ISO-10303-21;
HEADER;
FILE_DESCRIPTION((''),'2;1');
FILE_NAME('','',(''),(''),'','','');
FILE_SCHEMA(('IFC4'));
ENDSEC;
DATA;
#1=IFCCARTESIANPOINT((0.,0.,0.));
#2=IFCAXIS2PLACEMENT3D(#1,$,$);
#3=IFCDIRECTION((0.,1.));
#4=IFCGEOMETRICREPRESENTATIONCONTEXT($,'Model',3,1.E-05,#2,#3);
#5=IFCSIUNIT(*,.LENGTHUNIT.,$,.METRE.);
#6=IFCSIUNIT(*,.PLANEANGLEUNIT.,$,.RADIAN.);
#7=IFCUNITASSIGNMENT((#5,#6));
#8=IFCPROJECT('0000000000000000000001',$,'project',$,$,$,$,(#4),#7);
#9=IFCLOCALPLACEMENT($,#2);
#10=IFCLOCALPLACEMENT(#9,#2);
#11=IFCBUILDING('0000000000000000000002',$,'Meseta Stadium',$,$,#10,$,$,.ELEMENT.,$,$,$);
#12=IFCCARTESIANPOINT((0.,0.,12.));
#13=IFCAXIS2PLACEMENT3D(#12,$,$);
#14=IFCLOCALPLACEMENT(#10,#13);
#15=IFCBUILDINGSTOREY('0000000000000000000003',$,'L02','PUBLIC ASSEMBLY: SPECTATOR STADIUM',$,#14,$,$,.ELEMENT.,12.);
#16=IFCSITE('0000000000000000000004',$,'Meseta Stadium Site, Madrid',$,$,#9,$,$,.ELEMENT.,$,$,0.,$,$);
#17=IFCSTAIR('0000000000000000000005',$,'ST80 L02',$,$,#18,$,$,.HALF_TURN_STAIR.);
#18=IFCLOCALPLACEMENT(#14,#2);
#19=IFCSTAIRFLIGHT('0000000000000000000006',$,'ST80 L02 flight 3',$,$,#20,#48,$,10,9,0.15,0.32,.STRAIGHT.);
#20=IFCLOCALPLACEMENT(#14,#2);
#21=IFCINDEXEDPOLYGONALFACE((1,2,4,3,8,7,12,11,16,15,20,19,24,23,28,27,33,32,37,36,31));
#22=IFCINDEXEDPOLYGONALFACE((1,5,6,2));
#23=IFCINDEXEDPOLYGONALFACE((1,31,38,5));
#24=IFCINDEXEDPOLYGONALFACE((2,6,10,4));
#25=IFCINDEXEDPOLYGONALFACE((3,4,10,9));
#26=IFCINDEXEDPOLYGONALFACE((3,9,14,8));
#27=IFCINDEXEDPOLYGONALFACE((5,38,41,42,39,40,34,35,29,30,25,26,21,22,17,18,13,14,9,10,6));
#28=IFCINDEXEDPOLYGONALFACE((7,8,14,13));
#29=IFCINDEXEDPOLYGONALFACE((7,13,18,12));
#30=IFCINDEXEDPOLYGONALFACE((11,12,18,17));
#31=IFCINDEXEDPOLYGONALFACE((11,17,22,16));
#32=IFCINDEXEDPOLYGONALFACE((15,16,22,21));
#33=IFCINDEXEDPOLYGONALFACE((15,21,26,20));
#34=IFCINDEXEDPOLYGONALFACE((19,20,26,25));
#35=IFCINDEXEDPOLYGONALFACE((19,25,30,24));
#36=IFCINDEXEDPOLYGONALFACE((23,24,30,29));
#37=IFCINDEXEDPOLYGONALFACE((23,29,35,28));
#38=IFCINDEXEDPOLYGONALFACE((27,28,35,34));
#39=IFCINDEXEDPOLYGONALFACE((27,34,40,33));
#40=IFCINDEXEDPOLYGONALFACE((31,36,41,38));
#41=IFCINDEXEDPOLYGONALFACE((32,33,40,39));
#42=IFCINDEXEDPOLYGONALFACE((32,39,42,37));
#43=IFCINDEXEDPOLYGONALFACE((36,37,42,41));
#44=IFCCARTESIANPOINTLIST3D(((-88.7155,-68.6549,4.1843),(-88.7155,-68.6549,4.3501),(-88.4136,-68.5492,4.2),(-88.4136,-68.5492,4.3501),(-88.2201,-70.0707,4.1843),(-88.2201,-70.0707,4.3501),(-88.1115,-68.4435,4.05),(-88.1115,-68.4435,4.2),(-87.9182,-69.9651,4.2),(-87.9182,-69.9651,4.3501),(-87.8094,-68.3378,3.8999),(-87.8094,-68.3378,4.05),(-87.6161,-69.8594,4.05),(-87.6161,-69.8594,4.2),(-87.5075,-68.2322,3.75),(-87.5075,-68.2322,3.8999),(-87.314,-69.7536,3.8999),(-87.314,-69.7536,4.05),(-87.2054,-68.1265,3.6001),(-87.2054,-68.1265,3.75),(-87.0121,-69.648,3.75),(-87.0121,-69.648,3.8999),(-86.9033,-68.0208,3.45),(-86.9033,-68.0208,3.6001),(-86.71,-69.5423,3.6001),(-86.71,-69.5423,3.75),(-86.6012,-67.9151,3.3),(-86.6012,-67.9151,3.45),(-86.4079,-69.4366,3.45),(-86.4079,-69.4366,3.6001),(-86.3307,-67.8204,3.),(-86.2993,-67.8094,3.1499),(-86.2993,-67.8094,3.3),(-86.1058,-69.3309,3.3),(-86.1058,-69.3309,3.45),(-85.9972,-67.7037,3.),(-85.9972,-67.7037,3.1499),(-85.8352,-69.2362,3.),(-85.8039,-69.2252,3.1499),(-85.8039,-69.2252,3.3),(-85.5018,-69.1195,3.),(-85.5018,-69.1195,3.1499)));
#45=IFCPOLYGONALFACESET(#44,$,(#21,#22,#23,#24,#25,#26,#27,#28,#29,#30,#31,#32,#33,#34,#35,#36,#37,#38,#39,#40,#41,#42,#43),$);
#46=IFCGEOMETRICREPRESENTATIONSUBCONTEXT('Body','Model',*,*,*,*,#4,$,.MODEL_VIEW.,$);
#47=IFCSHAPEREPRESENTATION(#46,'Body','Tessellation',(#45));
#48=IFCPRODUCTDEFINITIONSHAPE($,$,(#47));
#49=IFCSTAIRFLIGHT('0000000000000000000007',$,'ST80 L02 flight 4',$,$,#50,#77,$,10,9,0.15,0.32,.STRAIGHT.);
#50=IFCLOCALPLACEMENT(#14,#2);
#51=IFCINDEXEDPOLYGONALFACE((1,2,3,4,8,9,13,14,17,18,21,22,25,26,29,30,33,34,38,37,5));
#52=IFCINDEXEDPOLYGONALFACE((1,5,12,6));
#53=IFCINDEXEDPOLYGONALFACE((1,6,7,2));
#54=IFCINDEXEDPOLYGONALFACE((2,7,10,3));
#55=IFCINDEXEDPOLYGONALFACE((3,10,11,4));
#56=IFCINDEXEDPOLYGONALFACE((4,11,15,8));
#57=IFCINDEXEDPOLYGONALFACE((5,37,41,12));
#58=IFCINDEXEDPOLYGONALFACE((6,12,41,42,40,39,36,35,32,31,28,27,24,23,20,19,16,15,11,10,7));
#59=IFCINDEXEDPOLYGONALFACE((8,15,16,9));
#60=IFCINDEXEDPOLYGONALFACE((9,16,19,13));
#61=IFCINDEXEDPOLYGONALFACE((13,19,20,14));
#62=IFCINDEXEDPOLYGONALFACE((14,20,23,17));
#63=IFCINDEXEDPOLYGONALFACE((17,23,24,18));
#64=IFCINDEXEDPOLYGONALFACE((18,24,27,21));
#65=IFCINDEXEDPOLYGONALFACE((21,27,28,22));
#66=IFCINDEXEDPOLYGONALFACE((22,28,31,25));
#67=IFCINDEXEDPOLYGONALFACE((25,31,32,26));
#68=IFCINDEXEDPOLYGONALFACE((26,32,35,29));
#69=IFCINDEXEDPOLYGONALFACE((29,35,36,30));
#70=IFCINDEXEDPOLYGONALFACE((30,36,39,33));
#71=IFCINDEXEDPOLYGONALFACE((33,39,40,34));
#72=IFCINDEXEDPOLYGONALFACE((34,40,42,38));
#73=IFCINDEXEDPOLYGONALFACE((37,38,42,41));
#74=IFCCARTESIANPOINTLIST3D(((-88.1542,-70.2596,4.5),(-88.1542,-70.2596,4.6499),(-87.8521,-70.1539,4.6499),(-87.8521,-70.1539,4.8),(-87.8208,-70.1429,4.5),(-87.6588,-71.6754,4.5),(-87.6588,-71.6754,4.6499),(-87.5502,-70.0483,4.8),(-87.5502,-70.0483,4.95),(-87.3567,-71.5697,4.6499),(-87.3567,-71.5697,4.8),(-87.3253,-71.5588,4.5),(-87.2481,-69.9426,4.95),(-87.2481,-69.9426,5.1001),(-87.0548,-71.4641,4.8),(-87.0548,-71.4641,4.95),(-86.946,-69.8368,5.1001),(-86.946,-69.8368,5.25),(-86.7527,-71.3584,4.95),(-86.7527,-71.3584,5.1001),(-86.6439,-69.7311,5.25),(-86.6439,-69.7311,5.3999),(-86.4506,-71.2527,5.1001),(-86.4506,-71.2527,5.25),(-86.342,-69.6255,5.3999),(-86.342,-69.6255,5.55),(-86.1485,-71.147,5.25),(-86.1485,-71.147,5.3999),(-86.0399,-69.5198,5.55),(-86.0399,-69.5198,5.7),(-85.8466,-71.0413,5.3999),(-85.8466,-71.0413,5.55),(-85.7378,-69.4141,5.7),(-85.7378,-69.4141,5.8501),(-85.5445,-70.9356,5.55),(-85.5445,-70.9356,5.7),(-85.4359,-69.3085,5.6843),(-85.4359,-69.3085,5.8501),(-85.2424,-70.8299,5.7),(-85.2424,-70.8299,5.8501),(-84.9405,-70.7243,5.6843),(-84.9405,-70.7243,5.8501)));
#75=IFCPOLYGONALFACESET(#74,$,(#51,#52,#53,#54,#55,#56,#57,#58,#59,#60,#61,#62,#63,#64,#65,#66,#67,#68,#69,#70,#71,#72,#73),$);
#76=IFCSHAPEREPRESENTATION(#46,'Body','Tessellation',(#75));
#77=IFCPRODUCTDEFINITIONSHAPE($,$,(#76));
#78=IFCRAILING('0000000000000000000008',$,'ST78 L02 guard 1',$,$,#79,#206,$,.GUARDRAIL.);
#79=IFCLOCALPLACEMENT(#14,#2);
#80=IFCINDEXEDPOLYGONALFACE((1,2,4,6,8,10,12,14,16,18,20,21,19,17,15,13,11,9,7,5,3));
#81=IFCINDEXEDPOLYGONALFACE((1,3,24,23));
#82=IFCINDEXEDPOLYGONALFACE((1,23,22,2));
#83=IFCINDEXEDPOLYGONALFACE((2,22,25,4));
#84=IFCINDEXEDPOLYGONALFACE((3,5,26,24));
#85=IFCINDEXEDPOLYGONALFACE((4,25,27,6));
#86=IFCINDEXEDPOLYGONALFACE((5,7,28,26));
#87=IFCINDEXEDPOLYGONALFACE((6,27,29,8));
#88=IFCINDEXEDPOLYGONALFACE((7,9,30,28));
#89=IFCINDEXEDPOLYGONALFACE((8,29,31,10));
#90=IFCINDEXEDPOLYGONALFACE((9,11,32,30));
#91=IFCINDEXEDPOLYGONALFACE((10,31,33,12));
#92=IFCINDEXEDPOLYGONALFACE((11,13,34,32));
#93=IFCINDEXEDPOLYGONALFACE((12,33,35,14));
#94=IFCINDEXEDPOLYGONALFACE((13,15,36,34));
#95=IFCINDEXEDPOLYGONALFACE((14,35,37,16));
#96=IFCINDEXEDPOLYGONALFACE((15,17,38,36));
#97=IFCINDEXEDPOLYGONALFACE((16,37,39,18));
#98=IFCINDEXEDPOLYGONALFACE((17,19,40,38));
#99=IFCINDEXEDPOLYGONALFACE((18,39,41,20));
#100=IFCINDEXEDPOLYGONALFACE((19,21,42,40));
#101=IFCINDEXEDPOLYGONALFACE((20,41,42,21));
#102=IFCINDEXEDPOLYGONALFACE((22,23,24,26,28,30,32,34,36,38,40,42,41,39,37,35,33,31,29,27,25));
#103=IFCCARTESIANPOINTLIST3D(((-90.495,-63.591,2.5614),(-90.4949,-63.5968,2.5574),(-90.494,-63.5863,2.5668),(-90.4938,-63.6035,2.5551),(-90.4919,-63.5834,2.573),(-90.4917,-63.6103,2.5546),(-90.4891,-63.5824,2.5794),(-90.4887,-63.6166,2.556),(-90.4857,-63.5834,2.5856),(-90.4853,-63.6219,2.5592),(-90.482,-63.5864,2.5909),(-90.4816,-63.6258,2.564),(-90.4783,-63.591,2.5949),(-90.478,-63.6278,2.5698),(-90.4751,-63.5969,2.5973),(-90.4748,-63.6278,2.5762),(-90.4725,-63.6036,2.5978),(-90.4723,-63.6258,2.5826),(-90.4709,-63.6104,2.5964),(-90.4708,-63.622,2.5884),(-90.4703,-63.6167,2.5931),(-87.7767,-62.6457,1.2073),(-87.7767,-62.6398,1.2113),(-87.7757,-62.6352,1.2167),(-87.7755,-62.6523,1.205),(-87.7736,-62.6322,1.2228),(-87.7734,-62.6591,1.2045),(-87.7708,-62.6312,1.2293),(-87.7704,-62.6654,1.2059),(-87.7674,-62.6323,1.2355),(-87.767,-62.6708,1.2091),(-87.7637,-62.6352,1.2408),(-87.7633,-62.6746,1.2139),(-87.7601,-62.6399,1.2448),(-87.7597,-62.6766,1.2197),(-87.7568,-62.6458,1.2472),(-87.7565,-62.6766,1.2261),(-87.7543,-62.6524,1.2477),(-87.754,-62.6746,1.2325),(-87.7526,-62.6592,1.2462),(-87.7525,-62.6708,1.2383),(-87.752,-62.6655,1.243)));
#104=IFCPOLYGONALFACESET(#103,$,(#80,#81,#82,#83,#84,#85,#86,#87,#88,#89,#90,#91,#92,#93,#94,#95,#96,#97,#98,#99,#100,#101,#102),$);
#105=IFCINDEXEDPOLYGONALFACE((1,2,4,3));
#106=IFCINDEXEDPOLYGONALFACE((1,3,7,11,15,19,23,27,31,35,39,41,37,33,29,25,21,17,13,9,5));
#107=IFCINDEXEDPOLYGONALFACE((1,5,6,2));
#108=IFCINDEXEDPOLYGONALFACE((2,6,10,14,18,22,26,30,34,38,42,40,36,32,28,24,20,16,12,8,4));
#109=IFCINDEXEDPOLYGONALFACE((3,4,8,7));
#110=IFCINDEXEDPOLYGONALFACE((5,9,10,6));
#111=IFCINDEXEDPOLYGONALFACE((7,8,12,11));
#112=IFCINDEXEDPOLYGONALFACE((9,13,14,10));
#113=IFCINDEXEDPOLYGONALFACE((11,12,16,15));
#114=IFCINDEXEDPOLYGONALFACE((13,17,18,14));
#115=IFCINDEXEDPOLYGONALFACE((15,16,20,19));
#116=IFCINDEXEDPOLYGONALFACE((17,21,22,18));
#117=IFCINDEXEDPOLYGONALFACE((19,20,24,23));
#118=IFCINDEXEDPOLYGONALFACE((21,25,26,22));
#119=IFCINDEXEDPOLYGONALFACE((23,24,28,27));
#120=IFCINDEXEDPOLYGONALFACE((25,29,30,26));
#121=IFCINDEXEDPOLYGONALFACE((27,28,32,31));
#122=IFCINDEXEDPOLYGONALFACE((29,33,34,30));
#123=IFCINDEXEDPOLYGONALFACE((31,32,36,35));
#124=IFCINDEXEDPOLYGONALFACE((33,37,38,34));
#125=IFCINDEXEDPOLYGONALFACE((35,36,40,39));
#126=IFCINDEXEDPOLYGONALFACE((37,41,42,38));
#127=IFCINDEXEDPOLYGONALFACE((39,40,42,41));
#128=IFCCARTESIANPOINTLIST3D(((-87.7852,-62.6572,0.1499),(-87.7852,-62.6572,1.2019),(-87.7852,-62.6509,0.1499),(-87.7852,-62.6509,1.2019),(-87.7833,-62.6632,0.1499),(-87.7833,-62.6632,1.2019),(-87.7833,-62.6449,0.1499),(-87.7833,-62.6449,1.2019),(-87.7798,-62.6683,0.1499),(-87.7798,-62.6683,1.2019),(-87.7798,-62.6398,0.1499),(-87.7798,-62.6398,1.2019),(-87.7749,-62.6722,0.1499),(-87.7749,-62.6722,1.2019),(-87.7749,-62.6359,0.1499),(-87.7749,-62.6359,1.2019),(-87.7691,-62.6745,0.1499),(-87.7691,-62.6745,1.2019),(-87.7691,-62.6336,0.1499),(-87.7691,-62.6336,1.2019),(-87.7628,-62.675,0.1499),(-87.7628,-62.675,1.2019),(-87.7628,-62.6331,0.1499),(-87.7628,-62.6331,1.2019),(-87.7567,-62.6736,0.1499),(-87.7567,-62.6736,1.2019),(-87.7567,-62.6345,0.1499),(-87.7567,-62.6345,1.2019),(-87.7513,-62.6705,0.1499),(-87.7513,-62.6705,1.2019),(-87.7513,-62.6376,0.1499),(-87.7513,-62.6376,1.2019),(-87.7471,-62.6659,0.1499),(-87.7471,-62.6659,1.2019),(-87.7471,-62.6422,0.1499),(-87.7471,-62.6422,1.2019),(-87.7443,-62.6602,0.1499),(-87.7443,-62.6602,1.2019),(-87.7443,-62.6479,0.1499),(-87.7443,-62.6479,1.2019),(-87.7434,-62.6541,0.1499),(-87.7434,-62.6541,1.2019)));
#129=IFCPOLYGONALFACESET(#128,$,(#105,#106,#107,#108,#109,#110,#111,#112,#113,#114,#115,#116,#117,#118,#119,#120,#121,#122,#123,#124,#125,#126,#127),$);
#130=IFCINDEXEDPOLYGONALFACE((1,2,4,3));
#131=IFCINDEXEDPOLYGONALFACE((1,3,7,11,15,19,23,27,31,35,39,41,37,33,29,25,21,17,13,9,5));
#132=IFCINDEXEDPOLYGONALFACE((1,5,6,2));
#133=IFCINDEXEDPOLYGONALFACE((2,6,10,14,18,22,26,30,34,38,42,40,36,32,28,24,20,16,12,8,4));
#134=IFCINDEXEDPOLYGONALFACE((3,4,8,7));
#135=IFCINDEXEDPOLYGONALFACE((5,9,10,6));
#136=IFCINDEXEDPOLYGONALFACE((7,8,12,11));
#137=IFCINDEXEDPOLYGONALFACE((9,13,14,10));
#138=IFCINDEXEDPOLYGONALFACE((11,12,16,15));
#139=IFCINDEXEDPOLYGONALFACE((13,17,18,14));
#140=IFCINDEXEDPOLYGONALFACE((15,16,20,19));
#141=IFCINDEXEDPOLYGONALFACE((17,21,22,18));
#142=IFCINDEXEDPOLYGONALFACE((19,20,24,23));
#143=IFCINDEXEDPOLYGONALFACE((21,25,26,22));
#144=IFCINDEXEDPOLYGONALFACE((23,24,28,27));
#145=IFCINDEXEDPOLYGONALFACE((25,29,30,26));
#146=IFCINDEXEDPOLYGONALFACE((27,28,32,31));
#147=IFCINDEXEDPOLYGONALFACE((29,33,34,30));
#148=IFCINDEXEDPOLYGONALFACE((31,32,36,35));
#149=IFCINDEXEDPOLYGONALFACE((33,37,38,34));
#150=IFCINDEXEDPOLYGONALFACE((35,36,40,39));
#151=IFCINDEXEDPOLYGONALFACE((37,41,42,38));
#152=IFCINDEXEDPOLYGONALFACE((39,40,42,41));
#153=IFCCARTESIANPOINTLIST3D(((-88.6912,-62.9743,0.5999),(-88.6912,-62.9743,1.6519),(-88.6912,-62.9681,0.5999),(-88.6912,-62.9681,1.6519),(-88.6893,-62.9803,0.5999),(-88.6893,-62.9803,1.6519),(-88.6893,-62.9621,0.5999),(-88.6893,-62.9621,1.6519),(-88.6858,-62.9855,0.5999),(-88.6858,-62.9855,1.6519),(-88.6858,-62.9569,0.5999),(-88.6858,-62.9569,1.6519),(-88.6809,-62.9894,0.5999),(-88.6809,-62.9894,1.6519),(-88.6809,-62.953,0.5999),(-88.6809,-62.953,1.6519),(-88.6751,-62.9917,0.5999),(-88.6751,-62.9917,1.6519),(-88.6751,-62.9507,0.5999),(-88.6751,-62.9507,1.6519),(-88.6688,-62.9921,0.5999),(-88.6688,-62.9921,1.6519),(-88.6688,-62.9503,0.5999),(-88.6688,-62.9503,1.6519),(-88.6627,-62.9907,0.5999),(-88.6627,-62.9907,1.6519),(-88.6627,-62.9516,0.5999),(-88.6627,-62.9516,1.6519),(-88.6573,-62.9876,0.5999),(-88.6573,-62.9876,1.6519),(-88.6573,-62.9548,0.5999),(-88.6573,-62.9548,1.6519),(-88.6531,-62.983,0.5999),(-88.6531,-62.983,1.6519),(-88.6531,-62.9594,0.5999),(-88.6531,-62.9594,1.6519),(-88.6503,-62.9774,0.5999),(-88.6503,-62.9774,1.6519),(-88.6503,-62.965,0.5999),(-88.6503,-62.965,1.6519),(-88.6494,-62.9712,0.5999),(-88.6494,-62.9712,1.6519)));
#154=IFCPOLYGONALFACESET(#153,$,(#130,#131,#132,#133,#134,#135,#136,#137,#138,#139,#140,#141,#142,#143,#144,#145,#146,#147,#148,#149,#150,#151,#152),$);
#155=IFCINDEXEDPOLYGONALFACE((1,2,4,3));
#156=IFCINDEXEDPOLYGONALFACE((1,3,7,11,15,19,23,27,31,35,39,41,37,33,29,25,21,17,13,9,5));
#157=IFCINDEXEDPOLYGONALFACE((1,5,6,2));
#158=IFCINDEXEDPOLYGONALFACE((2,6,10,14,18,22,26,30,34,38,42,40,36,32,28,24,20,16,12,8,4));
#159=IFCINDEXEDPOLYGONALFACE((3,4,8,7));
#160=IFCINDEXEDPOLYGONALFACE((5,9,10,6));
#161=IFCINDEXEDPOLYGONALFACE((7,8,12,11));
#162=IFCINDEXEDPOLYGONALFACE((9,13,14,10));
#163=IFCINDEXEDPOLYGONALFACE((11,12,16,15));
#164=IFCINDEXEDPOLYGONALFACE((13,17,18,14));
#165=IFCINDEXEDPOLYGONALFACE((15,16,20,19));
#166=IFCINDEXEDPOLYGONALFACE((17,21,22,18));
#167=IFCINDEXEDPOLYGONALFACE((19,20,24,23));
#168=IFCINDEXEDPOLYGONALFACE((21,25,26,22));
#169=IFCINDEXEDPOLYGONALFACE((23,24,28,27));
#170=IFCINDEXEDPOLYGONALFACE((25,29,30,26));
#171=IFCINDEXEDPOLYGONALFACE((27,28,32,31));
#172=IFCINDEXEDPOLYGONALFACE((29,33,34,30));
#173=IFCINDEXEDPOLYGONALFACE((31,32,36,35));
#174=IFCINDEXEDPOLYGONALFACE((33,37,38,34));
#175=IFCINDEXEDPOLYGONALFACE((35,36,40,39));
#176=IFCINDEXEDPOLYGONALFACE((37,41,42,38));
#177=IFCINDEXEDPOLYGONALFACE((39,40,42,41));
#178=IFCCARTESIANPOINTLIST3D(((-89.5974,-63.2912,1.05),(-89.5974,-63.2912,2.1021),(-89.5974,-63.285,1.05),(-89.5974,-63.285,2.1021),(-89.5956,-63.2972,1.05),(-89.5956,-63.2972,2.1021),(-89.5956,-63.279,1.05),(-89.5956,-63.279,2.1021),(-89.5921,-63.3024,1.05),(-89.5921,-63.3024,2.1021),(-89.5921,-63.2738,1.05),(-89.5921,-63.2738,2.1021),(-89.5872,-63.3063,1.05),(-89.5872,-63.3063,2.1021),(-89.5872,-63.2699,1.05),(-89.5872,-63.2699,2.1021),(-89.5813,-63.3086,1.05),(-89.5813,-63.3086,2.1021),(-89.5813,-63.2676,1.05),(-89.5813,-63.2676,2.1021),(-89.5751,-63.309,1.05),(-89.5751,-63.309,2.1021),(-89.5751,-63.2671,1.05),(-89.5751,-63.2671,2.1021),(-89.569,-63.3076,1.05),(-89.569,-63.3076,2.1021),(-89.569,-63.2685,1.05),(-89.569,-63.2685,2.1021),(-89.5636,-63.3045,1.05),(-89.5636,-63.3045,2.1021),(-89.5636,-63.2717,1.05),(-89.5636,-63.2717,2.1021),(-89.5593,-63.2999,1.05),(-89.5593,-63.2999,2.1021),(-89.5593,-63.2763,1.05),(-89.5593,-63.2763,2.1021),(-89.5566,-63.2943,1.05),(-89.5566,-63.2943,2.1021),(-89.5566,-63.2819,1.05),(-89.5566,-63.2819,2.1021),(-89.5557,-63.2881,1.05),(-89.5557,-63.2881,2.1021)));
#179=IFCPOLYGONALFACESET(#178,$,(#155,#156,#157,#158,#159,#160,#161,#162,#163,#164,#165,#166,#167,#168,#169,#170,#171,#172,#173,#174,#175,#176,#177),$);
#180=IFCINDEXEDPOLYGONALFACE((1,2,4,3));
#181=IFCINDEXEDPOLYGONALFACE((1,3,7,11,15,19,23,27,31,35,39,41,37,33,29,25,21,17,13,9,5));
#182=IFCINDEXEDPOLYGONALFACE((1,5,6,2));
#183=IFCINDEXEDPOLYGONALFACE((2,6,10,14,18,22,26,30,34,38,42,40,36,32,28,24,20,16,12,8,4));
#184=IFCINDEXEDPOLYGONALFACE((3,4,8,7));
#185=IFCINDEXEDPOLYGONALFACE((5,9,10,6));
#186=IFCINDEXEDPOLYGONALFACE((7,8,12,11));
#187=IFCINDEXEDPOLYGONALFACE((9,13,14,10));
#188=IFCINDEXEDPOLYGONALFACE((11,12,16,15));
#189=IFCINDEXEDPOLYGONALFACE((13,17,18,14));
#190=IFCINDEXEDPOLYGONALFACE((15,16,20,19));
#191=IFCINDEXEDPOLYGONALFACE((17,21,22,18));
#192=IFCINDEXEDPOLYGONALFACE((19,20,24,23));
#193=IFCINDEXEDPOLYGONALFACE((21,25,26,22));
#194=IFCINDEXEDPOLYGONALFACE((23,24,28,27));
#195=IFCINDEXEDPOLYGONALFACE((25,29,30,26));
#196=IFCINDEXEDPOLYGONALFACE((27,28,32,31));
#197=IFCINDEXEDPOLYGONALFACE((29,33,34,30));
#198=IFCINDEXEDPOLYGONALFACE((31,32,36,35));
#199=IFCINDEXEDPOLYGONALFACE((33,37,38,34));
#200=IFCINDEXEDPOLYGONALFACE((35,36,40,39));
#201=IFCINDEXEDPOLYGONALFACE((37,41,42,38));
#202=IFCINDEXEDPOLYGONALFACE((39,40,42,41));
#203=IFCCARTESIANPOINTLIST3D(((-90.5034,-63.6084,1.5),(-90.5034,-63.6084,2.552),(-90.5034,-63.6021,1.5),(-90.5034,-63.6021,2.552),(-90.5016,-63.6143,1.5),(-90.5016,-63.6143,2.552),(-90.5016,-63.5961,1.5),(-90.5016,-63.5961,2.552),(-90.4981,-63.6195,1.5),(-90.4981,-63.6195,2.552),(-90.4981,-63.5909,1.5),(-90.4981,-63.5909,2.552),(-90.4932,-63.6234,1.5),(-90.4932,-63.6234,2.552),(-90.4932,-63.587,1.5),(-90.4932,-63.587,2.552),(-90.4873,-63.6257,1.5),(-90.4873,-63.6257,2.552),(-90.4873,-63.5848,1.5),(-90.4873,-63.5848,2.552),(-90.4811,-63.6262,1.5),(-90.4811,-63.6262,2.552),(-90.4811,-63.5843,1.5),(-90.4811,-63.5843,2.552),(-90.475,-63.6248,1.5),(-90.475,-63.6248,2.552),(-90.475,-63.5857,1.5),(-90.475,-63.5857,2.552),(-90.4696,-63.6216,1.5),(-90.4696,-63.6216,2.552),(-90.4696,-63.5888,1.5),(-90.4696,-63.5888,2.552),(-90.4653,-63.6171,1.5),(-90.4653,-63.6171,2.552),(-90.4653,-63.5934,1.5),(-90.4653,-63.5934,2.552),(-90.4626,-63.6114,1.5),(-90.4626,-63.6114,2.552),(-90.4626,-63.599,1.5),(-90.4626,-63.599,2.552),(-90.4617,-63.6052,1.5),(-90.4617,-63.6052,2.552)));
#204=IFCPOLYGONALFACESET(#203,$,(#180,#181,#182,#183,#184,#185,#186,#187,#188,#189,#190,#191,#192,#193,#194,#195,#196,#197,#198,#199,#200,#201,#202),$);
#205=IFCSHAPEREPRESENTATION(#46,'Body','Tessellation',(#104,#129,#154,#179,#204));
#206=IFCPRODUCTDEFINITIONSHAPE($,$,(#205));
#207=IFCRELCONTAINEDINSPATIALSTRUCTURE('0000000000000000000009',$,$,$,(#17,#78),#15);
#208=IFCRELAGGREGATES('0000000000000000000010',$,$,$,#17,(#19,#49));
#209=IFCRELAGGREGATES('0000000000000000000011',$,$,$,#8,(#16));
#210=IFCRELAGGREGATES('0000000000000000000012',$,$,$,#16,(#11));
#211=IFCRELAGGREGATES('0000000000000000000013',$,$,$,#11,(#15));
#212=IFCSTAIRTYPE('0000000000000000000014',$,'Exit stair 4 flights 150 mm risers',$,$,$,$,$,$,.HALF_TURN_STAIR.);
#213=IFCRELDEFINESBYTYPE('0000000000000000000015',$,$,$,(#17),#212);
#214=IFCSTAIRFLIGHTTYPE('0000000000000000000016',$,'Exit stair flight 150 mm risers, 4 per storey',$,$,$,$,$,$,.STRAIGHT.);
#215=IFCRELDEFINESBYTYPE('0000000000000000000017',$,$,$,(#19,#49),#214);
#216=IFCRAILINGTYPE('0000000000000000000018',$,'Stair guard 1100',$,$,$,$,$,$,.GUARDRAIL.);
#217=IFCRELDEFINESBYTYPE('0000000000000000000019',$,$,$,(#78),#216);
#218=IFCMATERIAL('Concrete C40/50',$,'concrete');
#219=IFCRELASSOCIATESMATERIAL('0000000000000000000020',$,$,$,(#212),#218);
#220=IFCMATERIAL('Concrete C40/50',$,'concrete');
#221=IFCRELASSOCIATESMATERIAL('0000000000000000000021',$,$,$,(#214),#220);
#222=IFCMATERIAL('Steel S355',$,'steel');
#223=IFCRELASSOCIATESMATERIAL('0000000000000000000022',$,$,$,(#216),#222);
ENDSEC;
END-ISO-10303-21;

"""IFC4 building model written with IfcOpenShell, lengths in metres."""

from ifc_helpers import new_model, si_unit, direction, frame, origin, origin_2d, place, context, subcontext, project, spatial, polyline, circle, outline, extrude, material, type_object, element, aggregate, save


model = new_model("IFC4")

# Units and contexts
model_context = context("Model", 3, precision=1e-05, world=origin(), true_north=direction((0.0, 1.0)))
body_context = subcontext(model_context, "Body", "Model", "MODEL_VIEW")
ifc_project = project(units=[si_unit("LENGTHUNIT", "METRE"), si_unit("PLANEANGLEUNIT", "RADIAN")], contexts=[model_context])

# Site, building, storey
site_placement = place(None, origin())
site = spatial("IfcSite", under=ifc_project, at=site_placement, Name="Meseta Stadium Site, Madrid", CompositionType="ELEMENT", RefElevation=0.0)
building_placement = place(site_placement, origin())
building = spatial("IfcBuilding", under=site, at=building_placement, Name="Meseta Stadium", CompositionType="ELEMENT")
storey_placement = place(building_placement, frame((0.0, 0.0, 12.0)))
storey = spatial("IfcBuildingStorey", under=building, at=storey_placement, Name="L02", Description="PUBLIC ASSEMBLY: SPECTATOR STADIUM", CompositionType="ELEMENT", Elevation=12.0)

# Stair, stair flights
ifc_material_1 = material(Name="Concrete C40/50", Category="concrete")
stair_type = type_object("IfcStairType", Name="Exit stair 4 flights 150 mm risers", PredefinedType="HALF_TURN_STAIR", material=ifc_material_1)
ifc_material_2 = material(Name="Concrete C40/50", Category="concrete")
stair_flight_type = type_object("IfcStairFlightType", Name="Exit stair flight 150 mm risers, 4 per storey", PredefinedType="STRAIGHT", material=ifc_material_2)
stair_1_placement = place(storey_placement, origin())
stair_1 = element("IfcStair", 1, at=stair_1_placement, inside=storey, type_object=stair_type, Name="ST80 L02", PredefinedType="HALF_TURN_STAIR")
stair_flight_1_placement = place(storey_placement, frame((-85.7495, -68.4116, 3.0), z_axis=(0.0, 0.0, 1.0), x_axis=(-0.943883, -0.330279, 0.0)))
stair_flight_1 = element("IfcStairFlight", 2, at=stair_flight_1_placement, type_object=stair_flight_type, Name="ST80 L02 flight 3", NumberOfRisers=10, NumberOfTreads=9, PredefinedType="STRAIGHT", RiserHeight=0.15, TreadLength=0.32, context=body_context, shape_type="SweptSolid", body=[
    extrude(outline(polyline([(0.0, 0.0), (0.0, 0.1499), (0.3201, 0.1499), (0.3201, 0.3), (0.6399, 0.3), (0.6399, 0.45), (0.96, 0.45), (0.96, 0.6001), (1.28, 0.6001), (1.28, 0.75), (1.6001, 0.75), (1.6001, 0.8999), (1.9199, 0.8999), (1.9199, 1.05), (2.24, 1.05), (2.24, 1.2), (2.5601, 1.2), (2.5601, 1.3501), (2.8799, 1.3501), (2.8799, 1.1843), (0.3533, 0.0), (0.0, 0.0)])), frame((0.0, 0.75, 0.0), z_axis=(0.0, -1.0, 0.0), x_axis=(1.0, 0.0, 0.0)), (0.0, 0.0, 1.0), 1.5),
])
stair_flight_2_placement = place(storey_placement, frame((-87.9065, -70.9675, 4.5), z_axis=(0.0, 0.0, 1.0), x_axis=(0.943883, 0.330279, 0.0)))
stair_flight_2 = element("IfcStairFlight", 3, at=stair_flight_2_placement, type_object=stair_flight_type, Name="ST80 L02 flight 4", NumberOfRisers=10, NumberOfTreads=9, PredefinedType="STRAIGHT", RiserHeight=0.15, TreadLength=0.32, context=body_context, shape_type="SweptSolid", body=[
    extrude(outline(polyline([(0.0, 0.0), (0.0, 0.1499), (0.3201, 0.1499), (0.3201, 0.3), (0.6399, 0.3), (0.6399, 0.45), (0.96, 0.45), (0.96, 0.6001), (1.28, 0.6001), (1.28, 0.75), (1.6001, 0.75), (1.6001, 0.8999), (1.9199, 0.8999), (1.9199, 1.05), (2.24, 1.05), (2.24, 1.2), (2.5601, 1.2), (2.5601, 1.3501), (2.8799, 1.3501), (2.8799, 1.1843), (0.3533, 0.0), (0.0, 0.0)])), frame((0.0, 0.75, 0.0), z_axis=(0.0, -1.0, 0.0), x_axis=(1.0, 0.0, 0.0)), (0.0, 0.0, 1.0), 1.5),
])
aggregate(stair_1, [stair_flight_1, stair_flight_2])

# Railing
ifc_material_3 = material(Name="Steel S355", Category="steel")
railing_type_1 = type_object("IfcRailingType", Name="Stair guard 1100", PredefinedType="GUARDRAIL", material=ifc_material_3)
railing_1_placement = place(storey_placement, frame((-87.7644, -62.6541, 0.1499)))
element("IfcRailing", 4, at=railing_1_placement, inside=storey, type_object=railing_type_1, Name="ST78 L02 guard 1", PredefinedType="GUARDRAIL", context=body_context, shape_type="SweptSolid", body=[
    extrude(circle(Radius=0.0239, at=origin_2d()), frame((0.0, 0.0, 1.0762), z_axis=(-0.854629, -0.299051, 0.424474), x_axis=(0.330282, -0.943882, 0.0)), (0.0, 0.0, 1.0), 3.1807),
    extrude(circle(Radius=0.021, at=origin_2d()), origin(), (0.0, 0.0, 1.0), 1.052),
    extrude(circle(Radius=0.021, at=origin_2d()), frame((-0.906, -0.3171, 0.45)), (0.0, 0.0, 1.0), 1.052),
    extrude(circle(Radius=0.021, at=origin_2d()), frame((-1.8123, -0.634, 0.9001)), (0.0, 0.0, 1.0), 1.052),
    extrude(circle(Radius=0.021, at=origin_2d()), frame((-2.7183, -0.9512, 1.3501)), (0.0, 0.0, 1.0), 1.052),
])

save(model, "model.ifc")
